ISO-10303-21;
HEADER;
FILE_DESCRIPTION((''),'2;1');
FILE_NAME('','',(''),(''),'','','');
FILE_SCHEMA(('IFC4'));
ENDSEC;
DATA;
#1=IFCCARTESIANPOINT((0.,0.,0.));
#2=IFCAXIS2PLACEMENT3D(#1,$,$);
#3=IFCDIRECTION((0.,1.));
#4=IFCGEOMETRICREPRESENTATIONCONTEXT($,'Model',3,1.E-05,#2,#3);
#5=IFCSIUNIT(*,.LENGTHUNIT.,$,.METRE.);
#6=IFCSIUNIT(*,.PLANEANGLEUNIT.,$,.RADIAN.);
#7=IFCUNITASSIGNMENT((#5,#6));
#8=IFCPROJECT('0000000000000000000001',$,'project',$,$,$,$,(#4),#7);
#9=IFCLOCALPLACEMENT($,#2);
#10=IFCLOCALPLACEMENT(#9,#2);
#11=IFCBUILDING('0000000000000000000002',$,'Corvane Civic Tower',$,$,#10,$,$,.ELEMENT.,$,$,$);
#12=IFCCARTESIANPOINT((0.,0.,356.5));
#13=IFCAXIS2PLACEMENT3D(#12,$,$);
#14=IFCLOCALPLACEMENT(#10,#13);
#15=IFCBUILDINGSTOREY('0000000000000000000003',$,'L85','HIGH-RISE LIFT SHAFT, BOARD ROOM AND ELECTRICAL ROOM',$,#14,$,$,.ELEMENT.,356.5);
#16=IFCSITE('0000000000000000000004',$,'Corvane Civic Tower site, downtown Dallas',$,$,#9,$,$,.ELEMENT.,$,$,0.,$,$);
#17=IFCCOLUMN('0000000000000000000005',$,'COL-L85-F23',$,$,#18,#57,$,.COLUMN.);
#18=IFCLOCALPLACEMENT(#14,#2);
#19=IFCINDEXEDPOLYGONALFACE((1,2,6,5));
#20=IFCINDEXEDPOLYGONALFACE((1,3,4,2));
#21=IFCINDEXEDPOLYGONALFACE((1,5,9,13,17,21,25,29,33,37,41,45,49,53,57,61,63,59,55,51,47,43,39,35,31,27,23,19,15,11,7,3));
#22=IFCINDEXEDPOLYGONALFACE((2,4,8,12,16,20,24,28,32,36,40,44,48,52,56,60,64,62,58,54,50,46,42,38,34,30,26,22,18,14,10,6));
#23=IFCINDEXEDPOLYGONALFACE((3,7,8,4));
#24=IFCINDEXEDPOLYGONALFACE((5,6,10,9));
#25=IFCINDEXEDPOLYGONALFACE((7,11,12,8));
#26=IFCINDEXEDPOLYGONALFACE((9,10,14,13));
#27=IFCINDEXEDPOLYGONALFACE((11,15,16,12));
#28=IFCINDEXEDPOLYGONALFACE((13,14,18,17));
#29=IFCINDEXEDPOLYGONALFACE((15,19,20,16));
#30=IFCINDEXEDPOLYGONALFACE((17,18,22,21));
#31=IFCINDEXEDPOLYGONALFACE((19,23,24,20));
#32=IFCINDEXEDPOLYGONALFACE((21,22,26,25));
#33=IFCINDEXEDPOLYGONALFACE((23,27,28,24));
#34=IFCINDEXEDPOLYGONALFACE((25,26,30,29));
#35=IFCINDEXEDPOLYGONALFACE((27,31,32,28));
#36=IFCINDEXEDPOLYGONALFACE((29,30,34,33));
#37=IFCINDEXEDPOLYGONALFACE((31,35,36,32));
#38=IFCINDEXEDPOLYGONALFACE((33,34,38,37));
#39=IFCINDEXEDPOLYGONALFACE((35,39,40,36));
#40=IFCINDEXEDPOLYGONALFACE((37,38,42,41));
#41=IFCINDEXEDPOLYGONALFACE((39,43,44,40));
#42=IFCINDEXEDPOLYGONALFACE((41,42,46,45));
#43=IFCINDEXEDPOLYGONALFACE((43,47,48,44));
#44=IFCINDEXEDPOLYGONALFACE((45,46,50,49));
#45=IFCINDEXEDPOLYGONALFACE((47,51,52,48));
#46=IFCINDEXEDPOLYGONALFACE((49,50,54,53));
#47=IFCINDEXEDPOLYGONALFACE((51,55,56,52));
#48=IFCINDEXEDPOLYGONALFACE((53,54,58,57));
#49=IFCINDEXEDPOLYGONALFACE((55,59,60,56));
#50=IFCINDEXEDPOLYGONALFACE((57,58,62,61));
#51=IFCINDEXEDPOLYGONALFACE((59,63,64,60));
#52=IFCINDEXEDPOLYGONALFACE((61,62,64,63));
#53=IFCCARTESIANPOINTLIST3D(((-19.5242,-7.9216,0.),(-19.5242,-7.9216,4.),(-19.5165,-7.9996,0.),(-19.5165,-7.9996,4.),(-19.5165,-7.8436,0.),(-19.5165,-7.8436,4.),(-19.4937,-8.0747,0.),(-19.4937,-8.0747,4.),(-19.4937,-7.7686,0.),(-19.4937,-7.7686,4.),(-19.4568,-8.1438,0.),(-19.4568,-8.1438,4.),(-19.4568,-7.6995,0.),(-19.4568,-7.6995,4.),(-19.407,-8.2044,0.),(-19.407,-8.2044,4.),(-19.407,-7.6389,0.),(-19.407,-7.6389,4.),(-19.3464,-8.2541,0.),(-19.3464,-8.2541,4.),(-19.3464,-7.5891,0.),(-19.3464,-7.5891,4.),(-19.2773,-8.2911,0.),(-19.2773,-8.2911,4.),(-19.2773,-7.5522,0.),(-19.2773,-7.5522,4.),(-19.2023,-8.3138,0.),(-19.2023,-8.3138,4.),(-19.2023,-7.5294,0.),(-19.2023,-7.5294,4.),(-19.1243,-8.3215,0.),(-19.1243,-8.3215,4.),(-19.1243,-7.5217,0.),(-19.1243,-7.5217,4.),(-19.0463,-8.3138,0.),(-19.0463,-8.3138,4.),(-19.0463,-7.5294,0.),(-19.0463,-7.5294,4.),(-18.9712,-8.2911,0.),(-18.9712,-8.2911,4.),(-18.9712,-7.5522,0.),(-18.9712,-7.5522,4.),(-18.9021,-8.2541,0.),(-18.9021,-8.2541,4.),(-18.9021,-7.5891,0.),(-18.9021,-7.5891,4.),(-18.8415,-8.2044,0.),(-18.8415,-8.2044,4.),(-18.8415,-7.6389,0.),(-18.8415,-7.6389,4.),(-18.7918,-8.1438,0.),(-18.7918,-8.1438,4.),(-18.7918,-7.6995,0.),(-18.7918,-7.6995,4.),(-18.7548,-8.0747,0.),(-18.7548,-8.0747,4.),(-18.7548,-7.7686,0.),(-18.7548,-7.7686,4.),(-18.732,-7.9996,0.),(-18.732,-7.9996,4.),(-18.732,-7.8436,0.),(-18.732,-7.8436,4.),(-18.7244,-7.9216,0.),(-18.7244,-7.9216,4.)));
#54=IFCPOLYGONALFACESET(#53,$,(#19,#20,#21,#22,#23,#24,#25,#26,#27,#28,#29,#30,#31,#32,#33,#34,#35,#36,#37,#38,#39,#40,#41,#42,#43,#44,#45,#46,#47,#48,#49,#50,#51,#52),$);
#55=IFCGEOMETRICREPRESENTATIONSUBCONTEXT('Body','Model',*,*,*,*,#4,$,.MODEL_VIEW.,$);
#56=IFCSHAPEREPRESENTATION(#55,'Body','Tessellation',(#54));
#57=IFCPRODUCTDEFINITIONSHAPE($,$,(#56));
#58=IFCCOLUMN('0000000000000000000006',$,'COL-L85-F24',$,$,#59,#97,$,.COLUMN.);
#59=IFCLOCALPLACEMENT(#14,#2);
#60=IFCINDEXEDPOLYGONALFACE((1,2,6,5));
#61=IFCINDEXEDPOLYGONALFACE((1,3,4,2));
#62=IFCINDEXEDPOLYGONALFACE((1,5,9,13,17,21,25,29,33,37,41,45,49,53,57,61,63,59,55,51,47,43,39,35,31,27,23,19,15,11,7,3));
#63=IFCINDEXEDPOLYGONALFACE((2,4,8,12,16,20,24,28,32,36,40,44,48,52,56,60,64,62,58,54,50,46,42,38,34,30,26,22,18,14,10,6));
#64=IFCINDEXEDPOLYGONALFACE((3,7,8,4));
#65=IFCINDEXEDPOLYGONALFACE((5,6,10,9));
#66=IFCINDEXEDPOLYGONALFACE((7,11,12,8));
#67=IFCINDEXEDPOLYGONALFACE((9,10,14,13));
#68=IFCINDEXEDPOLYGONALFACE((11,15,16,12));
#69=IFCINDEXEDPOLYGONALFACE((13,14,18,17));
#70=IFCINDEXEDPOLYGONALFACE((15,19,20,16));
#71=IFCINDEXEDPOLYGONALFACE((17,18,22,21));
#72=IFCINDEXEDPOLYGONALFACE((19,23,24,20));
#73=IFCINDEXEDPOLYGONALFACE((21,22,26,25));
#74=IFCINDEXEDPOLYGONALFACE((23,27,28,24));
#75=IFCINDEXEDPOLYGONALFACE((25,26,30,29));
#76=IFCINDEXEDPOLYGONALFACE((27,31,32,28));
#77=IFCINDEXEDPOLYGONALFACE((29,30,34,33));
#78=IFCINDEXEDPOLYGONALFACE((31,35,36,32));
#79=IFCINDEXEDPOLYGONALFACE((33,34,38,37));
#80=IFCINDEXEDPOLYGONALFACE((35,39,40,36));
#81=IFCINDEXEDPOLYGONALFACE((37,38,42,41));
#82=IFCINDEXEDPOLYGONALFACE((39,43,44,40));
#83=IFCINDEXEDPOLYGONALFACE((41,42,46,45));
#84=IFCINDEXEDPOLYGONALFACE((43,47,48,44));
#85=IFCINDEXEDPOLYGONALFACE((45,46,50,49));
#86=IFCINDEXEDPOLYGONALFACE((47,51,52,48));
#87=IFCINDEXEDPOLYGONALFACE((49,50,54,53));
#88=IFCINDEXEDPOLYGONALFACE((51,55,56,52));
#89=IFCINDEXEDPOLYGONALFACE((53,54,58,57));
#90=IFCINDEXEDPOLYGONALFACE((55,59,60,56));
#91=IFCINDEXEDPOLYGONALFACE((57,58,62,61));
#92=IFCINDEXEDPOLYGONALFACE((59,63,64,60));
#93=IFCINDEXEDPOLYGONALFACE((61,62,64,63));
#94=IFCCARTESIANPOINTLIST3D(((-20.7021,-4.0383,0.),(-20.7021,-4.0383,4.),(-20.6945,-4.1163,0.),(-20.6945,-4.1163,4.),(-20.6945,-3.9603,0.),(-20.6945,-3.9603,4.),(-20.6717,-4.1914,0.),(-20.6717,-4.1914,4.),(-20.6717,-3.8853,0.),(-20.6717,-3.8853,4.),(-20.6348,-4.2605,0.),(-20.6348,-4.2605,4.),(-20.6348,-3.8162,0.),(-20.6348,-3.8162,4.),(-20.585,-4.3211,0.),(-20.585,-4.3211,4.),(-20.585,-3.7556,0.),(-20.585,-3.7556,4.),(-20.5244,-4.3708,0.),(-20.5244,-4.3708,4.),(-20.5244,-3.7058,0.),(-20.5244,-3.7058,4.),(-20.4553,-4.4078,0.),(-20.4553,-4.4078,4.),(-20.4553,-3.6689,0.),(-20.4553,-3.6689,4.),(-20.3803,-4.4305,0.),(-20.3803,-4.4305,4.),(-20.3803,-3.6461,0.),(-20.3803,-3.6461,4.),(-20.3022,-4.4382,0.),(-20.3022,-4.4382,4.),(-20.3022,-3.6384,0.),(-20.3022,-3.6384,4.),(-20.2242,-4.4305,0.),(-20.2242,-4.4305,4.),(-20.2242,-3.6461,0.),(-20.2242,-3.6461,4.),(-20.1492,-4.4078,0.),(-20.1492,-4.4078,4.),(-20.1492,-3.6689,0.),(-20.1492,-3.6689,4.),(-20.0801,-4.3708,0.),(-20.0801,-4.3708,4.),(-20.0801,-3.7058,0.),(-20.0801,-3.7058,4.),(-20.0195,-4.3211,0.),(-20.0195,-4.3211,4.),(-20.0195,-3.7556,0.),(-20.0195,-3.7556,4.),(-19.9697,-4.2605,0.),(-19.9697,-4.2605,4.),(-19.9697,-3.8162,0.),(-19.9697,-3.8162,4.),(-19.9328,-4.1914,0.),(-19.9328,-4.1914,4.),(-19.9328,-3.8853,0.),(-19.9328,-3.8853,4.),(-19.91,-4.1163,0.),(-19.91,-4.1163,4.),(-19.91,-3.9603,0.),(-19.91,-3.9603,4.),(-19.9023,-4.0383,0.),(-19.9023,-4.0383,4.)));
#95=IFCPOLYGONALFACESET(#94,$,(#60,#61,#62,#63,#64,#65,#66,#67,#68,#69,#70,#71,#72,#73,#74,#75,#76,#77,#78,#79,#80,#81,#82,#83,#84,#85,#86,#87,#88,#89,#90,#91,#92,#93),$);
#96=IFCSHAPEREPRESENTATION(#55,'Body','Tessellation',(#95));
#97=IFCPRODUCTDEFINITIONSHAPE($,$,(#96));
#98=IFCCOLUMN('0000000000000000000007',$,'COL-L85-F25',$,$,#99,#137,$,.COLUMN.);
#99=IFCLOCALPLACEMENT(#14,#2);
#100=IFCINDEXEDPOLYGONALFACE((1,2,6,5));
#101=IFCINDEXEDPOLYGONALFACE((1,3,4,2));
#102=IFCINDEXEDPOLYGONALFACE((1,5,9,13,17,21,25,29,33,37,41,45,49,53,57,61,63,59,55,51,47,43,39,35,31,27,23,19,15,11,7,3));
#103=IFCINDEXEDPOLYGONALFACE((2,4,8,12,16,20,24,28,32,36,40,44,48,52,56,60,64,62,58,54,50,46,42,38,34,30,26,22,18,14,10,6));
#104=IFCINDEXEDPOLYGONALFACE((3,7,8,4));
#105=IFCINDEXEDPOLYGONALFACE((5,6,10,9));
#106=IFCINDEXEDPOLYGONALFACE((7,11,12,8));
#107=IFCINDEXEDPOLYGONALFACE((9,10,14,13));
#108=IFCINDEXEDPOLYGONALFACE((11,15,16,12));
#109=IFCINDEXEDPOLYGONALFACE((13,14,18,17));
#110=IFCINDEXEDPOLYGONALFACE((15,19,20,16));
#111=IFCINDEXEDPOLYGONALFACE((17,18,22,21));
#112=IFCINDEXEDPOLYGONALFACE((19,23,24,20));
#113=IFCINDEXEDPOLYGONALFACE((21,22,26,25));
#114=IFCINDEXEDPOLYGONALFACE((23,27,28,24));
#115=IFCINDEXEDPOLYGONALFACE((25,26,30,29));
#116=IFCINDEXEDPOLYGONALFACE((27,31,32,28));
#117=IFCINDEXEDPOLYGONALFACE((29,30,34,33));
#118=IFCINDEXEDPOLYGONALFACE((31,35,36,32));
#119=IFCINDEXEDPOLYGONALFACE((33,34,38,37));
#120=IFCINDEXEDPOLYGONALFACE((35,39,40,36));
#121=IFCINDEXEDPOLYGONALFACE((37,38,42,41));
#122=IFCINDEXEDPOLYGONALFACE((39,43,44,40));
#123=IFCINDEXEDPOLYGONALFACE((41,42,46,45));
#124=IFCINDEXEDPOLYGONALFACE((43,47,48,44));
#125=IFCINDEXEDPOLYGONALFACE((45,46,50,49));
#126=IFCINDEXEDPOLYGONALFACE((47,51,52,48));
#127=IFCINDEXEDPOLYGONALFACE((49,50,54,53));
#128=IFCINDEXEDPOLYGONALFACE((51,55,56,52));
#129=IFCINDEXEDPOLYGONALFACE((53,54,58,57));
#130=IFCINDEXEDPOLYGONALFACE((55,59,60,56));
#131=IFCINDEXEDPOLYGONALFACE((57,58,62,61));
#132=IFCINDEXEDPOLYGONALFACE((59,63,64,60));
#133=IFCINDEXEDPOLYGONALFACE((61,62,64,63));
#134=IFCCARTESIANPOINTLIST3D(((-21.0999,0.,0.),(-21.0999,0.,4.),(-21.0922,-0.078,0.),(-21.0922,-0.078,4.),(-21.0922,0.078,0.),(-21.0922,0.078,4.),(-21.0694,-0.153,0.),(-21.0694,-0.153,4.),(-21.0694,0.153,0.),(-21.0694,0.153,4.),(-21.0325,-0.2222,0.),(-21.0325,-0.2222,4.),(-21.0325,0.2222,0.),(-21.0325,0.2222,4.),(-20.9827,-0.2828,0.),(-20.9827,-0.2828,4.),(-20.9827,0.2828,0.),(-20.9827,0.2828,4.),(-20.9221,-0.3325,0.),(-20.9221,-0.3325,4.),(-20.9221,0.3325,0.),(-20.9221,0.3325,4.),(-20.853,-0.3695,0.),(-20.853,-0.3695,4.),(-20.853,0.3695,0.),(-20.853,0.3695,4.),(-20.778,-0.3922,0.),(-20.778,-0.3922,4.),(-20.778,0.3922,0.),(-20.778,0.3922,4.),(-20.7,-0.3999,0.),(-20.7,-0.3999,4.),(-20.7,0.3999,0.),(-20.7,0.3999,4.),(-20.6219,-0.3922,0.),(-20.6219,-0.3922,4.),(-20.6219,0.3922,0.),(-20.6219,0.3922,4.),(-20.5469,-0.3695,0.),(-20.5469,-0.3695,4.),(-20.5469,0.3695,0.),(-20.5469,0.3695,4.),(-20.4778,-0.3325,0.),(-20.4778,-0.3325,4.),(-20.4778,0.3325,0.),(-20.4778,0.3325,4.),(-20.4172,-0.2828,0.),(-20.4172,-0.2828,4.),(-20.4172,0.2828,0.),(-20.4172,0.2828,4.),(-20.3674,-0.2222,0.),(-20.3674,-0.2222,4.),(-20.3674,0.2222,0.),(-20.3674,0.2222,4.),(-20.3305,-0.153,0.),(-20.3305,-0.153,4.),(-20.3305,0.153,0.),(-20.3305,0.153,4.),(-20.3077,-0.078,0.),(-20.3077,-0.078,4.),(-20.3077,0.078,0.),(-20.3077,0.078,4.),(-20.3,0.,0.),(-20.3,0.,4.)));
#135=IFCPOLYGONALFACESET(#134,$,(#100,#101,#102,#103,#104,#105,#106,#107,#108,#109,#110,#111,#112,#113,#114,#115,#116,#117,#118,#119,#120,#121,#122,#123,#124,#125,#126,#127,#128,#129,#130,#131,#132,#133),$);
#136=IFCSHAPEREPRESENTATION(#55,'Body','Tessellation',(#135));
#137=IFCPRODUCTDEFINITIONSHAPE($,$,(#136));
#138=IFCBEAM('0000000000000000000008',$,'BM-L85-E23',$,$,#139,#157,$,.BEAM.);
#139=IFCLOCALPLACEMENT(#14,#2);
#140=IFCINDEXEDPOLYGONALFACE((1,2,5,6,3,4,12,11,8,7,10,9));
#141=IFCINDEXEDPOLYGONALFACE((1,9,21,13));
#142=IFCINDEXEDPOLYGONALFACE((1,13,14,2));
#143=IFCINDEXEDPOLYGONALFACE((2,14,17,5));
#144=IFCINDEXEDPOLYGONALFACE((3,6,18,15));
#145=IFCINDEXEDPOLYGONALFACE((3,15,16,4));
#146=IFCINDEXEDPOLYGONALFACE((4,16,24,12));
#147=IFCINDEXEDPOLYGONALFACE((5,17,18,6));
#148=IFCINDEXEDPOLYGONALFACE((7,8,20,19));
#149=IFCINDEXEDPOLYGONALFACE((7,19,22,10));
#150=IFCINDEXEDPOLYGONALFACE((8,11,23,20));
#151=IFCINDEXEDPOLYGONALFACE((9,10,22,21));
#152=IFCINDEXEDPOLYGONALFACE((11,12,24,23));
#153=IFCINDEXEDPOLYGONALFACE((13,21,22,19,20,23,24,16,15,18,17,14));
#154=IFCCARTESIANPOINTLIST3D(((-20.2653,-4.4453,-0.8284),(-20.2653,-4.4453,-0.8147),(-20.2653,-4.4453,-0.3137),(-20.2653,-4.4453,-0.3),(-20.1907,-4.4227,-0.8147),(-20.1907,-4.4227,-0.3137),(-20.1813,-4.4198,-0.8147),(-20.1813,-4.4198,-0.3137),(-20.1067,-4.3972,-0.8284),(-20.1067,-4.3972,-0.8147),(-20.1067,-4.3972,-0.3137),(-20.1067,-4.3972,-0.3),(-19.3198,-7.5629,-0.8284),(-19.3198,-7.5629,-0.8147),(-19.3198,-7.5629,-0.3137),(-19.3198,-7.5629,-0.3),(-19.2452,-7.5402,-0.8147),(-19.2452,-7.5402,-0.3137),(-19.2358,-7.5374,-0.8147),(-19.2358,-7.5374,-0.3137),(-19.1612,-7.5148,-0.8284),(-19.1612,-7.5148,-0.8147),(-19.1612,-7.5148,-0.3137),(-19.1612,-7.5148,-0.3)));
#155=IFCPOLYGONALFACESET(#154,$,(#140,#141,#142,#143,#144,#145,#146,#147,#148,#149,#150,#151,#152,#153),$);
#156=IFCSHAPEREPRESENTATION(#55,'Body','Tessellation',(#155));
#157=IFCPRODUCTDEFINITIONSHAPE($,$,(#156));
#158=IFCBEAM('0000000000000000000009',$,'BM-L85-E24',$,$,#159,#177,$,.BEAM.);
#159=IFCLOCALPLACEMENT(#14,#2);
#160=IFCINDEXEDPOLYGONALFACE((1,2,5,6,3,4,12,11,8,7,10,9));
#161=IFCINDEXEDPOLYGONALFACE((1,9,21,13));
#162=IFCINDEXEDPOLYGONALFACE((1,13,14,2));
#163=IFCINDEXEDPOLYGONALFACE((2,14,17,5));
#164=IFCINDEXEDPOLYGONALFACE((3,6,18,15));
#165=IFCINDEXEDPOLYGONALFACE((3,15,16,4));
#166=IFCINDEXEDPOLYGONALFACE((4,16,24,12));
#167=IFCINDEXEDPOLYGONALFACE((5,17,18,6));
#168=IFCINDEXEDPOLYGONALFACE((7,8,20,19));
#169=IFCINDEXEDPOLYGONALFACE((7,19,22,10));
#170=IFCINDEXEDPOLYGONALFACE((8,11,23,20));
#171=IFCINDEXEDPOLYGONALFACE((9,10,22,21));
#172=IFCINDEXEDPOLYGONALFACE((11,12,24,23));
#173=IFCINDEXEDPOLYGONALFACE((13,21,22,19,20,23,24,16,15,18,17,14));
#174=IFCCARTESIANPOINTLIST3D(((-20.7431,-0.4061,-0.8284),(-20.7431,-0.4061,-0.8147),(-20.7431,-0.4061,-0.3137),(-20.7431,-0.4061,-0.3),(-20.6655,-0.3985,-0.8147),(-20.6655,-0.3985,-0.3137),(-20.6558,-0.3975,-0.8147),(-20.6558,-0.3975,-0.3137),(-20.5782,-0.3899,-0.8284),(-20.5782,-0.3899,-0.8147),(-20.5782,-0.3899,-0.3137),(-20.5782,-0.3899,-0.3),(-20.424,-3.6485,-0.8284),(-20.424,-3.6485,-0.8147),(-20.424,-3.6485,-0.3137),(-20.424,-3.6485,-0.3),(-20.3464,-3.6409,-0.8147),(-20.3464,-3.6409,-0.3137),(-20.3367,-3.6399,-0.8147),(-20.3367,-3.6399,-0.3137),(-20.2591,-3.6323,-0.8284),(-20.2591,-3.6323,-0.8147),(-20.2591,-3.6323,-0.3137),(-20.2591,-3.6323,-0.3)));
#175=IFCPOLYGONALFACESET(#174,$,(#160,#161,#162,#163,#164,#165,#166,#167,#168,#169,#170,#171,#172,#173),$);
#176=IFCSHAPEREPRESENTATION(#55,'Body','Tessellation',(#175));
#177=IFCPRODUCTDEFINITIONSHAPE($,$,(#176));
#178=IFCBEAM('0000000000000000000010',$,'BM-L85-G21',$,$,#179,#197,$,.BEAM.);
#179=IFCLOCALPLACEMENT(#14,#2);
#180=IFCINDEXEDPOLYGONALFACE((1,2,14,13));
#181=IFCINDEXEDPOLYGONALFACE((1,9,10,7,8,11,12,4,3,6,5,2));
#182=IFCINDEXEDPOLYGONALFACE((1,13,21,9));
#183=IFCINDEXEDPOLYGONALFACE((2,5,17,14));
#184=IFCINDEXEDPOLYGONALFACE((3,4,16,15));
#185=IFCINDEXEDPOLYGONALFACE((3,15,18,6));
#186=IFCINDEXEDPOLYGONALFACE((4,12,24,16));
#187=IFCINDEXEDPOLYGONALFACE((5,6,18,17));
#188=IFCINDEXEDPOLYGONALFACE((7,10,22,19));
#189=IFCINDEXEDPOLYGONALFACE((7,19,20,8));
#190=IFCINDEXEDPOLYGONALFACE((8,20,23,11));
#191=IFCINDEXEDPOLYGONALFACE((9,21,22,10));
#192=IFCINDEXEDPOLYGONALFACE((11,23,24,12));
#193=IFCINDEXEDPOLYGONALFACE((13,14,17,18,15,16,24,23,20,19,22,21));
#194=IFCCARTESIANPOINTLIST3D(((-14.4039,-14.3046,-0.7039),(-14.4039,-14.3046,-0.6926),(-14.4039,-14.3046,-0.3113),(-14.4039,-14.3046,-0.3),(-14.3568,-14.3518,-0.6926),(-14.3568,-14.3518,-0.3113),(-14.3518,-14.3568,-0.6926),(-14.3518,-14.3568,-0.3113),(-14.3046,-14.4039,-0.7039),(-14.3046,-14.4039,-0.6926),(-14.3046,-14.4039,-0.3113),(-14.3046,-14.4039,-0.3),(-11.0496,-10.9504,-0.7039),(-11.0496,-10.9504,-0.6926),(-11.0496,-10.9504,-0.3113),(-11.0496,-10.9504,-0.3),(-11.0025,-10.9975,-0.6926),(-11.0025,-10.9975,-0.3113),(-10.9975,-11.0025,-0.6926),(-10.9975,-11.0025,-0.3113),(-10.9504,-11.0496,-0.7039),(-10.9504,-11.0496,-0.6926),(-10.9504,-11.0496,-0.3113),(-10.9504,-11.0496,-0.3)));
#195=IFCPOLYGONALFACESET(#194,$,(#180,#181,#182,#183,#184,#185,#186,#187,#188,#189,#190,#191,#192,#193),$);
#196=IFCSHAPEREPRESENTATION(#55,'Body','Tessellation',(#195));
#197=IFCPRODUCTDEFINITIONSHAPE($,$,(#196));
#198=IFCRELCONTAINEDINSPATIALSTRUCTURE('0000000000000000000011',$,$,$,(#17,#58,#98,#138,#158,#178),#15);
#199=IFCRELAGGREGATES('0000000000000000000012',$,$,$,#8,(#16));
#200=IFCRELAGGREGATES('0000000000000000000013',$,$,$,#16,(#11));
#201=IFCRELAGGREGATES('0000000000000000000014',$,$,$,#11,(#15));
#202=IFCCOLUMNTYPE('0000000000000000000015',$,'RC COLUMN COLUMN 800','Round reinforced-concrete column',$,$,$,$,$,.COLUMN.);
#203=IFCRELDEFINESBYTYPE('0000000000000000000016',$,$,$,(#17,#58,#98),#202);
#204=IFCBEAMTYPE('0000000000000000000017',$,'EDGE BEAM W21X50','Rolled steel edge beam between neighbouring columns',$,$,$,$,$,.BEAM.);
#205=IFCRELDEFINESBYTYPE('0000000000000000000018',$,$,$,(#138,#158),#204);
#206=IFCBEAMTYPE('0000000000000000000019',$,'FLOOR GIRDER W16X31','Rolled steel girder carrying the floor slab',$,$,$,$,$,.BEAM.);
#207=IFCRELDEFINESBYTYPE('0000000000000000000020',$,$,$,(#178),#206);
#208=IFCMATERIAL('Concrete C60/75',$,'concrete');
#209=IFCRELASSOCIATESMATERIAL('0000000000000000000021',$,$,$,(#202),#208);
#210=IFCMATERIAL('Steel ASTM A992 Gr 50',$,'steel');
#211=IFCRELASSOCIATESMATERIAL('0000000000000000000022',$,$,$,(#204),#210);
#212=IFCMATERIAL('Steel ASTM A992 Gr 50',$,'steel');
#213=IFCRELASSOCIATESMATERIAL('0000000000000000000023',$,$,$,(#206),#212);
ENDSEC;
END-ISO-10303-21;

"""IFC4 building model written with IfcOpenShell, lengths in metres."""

from ifc_helpers import new_model, si_unit, direction, frame, origin, origin_2d, place, context, subcontext, project, spatial, circle, i_section, extrude, material, material_profile, profile_set, type_object, element, save


model = new_model("IFC4")

# Units and contexts
model_context = context("Model", 3, precision=1e-05, world=origin(), true_north=direction((0.0, 1.0)))
body_context = subcontext(model_context, "Body", "Model", "MODEL_VIEW")
ifc_project = project(units=[si_unit("LENGTHUNIT", "METRE"), si_unit("PLANEANGLEUNIT", "RADIAN")], contexts=[model_context])

# Site, building, storey
site_placement = place(None, origin())
site = spatial("IfcSite", under=ifc_project, at=site_placement, Name="Corvane Civic Tower site, downtown Dallas", CompositionType="ELEMENT", RefElevation=0.0)
building_placement = place(site_placement, origin())
building = spatial("IfcBuilding", under=site, at=building_placement, Name="Corvane Civic Tower", CompositionType="ELEMENT")
storey_placement = place(building_placement, frame((0.0, 0.0, 356.5)))
storey = spatial("IfcBuildingStorey", under=building, at=storey_placement, Name="L85", Description="HIGH-RISE LIFT SHAFT, BOARD ROOM AND ELECTRICAL ROOM", CompositionType="ELEMENT", Elevation=356.5)

# Columns
ifc_material_1 = material(Name="Concrete C60/75", Category="concrete")
ifc_material_profile_1 = material_profile(ifc_material_1, circle(Radius=0.3999, at=origin_2d()), Name="COLUMN 800")
ifc_profile_set_1 = profile_set([ifc_material_profile_1], Name="Concrete C60/75")
column_type = type_object("IfcColumnType", Name="RC COLUMN COLUMN 800", Description="Round reinforced-concrete column", PredefinedType="COLUMN", material=ifc_profile_set_1)
for number, where, z_axis, x_axis, name in (
    (1, (-19.1243, -7.9216, 0.0), (0.0, 0.0, 1.0), (1.0, 0.0, 0.0), "COL-L85-F23"),
    (2, (-20.3022, -4.0383, 0.0), (0.0, 0.0, 1.0), (1.0, 0.0, 0.0), "COL-L85-F24"),
    (3, (-20.7, 0.0, 0.0), (0.0, 0.0, 1.0), (1.0, 0.0, 0.0), "COL-L85-F25"),
):
    element("IfcColumn", number, at=place(storey_placement, frame(where, z_axis=z_axis, x_axis=x_axis)), inside=storey, type_object=column_type, Name=name, PredefinedType="COLUMN", context=body_context, shape_type="SweptSolid", body=[
        extrude(circle(Radius=0.3999, at=origin_2d()), origin(), (0.0, 0.0, 1.0), 4.0),
    ])

# Beams
ifc_material_2 = material(Name="Steel ASTM A992 Gr 50", Category="steel")
ifc_material_profile_2 = material_profile(ifc_material_2, i_section(OverallWidth=0.1658, OverallDepth=0.5283, WebThickness=0.0098, FlangeThickness=0.0137, at=origin_2d()), Name="W21X50")
ifc_profile_set_2 = profile_set([ifc_material_profile_2], Name="Steel ASTM A992 Gr 50")
beam_type_1 = type_object("IfcBeamType", Name="EDGE BEAM W21X50", Description="Rolled steel edge beam between neighbouring columns", PredefinedType="BEAM", material=ifc_profile_set_2)
beam_1_placement = place(storey_placement, frame((-19.2405, -7.5388, -0.5642), z_axis=(-0.290234, 0.956956, 0.0), x_axis=(-0.956956, -0.290234, 0.0)))
element("IfcBeam", 4, at=beam_1_placement, inside=storey, type_object=beam_type_1, Name="BM-L85-E23", PredefinedType="BEAM", context=body_context, shape_type="SweptSolid", body=[
    extrude(i_section(OverallWidth=0.1658, OverallDepth=0.5283, WebThickness=0.0098, FlangeThickness=0.0137, at=origin_2d()), origin(), (0.0, 0.0, 1.0), 3.2578),
])
beam_2_placement = place(storey_placement, frame((-20.3416, -3.6404, -0.5642), z_axis=(-0.097938, 0.995193, 0.0), x_axis=(-0.995193, -0.097938, 0.0)))
element("IfcBeam", 5, at=beam_2_placement, inside=storey, type_object=beam_type_1, Name="BM-L85-E24", PredefinedType="BEAM", context=body_context, shape_type="SweptSolid", body=[
    extrude(i_section(OverallWidth=0.1658, OverallDepth=0.5283, WebThickness=0.0098, FlangeThickness=0.0137, at=origin_2d()), origin(), (0.0, 0.0, 1.0), 3.2581),
])
ifc_material_3 = material(Name="Steel ASTM A992 Gr 50", Category="steel")
ifc_material_profile_3 = material_profile(ifc_material_3, i_section(OverallWidth=0.1404, OverallDepth=0.4038, WebThickness=0.0071, FlangeThickness=0.0112, at=origin_2d()), Name="W16X31")
ifc_profile_set_3 = profile_set([ifc_material_profile_3], Name="Steel ASTM A992 Gr 50")
beam_type_2 = type_object("IfcBeamType", Name="FLOOR GIRDER W16X31", Description="Rolled steel girder carrying the floor slab", PredefinedType="BEAM", material=ifc_profile_set_3)
beam_3_placement = place(storey_placement, frame((-11.0, -11.0, -0.502), z_axis=(-0.707107, -0.707107, 0.0), x_axis=(0.707107, -0.707107, 0.0)))
element("IfcBeam", 6, at=beam_3_placement, inside=storey, type_object=beam_type_2, Name="BM-L85-G21", PredefinedType="BEAM", context=body_context, shape_type="SweptSolid", body=[
    extrude(i_section(OverallWidth=0.1404, OverallDepth=0.4038, WebThickness=0.0071, FlangeThickness=0.0112, at=origin_2d()), origin(), (0.0, 0.0, 1.0), 4.7437),
])

save(model, "model.ifc")
